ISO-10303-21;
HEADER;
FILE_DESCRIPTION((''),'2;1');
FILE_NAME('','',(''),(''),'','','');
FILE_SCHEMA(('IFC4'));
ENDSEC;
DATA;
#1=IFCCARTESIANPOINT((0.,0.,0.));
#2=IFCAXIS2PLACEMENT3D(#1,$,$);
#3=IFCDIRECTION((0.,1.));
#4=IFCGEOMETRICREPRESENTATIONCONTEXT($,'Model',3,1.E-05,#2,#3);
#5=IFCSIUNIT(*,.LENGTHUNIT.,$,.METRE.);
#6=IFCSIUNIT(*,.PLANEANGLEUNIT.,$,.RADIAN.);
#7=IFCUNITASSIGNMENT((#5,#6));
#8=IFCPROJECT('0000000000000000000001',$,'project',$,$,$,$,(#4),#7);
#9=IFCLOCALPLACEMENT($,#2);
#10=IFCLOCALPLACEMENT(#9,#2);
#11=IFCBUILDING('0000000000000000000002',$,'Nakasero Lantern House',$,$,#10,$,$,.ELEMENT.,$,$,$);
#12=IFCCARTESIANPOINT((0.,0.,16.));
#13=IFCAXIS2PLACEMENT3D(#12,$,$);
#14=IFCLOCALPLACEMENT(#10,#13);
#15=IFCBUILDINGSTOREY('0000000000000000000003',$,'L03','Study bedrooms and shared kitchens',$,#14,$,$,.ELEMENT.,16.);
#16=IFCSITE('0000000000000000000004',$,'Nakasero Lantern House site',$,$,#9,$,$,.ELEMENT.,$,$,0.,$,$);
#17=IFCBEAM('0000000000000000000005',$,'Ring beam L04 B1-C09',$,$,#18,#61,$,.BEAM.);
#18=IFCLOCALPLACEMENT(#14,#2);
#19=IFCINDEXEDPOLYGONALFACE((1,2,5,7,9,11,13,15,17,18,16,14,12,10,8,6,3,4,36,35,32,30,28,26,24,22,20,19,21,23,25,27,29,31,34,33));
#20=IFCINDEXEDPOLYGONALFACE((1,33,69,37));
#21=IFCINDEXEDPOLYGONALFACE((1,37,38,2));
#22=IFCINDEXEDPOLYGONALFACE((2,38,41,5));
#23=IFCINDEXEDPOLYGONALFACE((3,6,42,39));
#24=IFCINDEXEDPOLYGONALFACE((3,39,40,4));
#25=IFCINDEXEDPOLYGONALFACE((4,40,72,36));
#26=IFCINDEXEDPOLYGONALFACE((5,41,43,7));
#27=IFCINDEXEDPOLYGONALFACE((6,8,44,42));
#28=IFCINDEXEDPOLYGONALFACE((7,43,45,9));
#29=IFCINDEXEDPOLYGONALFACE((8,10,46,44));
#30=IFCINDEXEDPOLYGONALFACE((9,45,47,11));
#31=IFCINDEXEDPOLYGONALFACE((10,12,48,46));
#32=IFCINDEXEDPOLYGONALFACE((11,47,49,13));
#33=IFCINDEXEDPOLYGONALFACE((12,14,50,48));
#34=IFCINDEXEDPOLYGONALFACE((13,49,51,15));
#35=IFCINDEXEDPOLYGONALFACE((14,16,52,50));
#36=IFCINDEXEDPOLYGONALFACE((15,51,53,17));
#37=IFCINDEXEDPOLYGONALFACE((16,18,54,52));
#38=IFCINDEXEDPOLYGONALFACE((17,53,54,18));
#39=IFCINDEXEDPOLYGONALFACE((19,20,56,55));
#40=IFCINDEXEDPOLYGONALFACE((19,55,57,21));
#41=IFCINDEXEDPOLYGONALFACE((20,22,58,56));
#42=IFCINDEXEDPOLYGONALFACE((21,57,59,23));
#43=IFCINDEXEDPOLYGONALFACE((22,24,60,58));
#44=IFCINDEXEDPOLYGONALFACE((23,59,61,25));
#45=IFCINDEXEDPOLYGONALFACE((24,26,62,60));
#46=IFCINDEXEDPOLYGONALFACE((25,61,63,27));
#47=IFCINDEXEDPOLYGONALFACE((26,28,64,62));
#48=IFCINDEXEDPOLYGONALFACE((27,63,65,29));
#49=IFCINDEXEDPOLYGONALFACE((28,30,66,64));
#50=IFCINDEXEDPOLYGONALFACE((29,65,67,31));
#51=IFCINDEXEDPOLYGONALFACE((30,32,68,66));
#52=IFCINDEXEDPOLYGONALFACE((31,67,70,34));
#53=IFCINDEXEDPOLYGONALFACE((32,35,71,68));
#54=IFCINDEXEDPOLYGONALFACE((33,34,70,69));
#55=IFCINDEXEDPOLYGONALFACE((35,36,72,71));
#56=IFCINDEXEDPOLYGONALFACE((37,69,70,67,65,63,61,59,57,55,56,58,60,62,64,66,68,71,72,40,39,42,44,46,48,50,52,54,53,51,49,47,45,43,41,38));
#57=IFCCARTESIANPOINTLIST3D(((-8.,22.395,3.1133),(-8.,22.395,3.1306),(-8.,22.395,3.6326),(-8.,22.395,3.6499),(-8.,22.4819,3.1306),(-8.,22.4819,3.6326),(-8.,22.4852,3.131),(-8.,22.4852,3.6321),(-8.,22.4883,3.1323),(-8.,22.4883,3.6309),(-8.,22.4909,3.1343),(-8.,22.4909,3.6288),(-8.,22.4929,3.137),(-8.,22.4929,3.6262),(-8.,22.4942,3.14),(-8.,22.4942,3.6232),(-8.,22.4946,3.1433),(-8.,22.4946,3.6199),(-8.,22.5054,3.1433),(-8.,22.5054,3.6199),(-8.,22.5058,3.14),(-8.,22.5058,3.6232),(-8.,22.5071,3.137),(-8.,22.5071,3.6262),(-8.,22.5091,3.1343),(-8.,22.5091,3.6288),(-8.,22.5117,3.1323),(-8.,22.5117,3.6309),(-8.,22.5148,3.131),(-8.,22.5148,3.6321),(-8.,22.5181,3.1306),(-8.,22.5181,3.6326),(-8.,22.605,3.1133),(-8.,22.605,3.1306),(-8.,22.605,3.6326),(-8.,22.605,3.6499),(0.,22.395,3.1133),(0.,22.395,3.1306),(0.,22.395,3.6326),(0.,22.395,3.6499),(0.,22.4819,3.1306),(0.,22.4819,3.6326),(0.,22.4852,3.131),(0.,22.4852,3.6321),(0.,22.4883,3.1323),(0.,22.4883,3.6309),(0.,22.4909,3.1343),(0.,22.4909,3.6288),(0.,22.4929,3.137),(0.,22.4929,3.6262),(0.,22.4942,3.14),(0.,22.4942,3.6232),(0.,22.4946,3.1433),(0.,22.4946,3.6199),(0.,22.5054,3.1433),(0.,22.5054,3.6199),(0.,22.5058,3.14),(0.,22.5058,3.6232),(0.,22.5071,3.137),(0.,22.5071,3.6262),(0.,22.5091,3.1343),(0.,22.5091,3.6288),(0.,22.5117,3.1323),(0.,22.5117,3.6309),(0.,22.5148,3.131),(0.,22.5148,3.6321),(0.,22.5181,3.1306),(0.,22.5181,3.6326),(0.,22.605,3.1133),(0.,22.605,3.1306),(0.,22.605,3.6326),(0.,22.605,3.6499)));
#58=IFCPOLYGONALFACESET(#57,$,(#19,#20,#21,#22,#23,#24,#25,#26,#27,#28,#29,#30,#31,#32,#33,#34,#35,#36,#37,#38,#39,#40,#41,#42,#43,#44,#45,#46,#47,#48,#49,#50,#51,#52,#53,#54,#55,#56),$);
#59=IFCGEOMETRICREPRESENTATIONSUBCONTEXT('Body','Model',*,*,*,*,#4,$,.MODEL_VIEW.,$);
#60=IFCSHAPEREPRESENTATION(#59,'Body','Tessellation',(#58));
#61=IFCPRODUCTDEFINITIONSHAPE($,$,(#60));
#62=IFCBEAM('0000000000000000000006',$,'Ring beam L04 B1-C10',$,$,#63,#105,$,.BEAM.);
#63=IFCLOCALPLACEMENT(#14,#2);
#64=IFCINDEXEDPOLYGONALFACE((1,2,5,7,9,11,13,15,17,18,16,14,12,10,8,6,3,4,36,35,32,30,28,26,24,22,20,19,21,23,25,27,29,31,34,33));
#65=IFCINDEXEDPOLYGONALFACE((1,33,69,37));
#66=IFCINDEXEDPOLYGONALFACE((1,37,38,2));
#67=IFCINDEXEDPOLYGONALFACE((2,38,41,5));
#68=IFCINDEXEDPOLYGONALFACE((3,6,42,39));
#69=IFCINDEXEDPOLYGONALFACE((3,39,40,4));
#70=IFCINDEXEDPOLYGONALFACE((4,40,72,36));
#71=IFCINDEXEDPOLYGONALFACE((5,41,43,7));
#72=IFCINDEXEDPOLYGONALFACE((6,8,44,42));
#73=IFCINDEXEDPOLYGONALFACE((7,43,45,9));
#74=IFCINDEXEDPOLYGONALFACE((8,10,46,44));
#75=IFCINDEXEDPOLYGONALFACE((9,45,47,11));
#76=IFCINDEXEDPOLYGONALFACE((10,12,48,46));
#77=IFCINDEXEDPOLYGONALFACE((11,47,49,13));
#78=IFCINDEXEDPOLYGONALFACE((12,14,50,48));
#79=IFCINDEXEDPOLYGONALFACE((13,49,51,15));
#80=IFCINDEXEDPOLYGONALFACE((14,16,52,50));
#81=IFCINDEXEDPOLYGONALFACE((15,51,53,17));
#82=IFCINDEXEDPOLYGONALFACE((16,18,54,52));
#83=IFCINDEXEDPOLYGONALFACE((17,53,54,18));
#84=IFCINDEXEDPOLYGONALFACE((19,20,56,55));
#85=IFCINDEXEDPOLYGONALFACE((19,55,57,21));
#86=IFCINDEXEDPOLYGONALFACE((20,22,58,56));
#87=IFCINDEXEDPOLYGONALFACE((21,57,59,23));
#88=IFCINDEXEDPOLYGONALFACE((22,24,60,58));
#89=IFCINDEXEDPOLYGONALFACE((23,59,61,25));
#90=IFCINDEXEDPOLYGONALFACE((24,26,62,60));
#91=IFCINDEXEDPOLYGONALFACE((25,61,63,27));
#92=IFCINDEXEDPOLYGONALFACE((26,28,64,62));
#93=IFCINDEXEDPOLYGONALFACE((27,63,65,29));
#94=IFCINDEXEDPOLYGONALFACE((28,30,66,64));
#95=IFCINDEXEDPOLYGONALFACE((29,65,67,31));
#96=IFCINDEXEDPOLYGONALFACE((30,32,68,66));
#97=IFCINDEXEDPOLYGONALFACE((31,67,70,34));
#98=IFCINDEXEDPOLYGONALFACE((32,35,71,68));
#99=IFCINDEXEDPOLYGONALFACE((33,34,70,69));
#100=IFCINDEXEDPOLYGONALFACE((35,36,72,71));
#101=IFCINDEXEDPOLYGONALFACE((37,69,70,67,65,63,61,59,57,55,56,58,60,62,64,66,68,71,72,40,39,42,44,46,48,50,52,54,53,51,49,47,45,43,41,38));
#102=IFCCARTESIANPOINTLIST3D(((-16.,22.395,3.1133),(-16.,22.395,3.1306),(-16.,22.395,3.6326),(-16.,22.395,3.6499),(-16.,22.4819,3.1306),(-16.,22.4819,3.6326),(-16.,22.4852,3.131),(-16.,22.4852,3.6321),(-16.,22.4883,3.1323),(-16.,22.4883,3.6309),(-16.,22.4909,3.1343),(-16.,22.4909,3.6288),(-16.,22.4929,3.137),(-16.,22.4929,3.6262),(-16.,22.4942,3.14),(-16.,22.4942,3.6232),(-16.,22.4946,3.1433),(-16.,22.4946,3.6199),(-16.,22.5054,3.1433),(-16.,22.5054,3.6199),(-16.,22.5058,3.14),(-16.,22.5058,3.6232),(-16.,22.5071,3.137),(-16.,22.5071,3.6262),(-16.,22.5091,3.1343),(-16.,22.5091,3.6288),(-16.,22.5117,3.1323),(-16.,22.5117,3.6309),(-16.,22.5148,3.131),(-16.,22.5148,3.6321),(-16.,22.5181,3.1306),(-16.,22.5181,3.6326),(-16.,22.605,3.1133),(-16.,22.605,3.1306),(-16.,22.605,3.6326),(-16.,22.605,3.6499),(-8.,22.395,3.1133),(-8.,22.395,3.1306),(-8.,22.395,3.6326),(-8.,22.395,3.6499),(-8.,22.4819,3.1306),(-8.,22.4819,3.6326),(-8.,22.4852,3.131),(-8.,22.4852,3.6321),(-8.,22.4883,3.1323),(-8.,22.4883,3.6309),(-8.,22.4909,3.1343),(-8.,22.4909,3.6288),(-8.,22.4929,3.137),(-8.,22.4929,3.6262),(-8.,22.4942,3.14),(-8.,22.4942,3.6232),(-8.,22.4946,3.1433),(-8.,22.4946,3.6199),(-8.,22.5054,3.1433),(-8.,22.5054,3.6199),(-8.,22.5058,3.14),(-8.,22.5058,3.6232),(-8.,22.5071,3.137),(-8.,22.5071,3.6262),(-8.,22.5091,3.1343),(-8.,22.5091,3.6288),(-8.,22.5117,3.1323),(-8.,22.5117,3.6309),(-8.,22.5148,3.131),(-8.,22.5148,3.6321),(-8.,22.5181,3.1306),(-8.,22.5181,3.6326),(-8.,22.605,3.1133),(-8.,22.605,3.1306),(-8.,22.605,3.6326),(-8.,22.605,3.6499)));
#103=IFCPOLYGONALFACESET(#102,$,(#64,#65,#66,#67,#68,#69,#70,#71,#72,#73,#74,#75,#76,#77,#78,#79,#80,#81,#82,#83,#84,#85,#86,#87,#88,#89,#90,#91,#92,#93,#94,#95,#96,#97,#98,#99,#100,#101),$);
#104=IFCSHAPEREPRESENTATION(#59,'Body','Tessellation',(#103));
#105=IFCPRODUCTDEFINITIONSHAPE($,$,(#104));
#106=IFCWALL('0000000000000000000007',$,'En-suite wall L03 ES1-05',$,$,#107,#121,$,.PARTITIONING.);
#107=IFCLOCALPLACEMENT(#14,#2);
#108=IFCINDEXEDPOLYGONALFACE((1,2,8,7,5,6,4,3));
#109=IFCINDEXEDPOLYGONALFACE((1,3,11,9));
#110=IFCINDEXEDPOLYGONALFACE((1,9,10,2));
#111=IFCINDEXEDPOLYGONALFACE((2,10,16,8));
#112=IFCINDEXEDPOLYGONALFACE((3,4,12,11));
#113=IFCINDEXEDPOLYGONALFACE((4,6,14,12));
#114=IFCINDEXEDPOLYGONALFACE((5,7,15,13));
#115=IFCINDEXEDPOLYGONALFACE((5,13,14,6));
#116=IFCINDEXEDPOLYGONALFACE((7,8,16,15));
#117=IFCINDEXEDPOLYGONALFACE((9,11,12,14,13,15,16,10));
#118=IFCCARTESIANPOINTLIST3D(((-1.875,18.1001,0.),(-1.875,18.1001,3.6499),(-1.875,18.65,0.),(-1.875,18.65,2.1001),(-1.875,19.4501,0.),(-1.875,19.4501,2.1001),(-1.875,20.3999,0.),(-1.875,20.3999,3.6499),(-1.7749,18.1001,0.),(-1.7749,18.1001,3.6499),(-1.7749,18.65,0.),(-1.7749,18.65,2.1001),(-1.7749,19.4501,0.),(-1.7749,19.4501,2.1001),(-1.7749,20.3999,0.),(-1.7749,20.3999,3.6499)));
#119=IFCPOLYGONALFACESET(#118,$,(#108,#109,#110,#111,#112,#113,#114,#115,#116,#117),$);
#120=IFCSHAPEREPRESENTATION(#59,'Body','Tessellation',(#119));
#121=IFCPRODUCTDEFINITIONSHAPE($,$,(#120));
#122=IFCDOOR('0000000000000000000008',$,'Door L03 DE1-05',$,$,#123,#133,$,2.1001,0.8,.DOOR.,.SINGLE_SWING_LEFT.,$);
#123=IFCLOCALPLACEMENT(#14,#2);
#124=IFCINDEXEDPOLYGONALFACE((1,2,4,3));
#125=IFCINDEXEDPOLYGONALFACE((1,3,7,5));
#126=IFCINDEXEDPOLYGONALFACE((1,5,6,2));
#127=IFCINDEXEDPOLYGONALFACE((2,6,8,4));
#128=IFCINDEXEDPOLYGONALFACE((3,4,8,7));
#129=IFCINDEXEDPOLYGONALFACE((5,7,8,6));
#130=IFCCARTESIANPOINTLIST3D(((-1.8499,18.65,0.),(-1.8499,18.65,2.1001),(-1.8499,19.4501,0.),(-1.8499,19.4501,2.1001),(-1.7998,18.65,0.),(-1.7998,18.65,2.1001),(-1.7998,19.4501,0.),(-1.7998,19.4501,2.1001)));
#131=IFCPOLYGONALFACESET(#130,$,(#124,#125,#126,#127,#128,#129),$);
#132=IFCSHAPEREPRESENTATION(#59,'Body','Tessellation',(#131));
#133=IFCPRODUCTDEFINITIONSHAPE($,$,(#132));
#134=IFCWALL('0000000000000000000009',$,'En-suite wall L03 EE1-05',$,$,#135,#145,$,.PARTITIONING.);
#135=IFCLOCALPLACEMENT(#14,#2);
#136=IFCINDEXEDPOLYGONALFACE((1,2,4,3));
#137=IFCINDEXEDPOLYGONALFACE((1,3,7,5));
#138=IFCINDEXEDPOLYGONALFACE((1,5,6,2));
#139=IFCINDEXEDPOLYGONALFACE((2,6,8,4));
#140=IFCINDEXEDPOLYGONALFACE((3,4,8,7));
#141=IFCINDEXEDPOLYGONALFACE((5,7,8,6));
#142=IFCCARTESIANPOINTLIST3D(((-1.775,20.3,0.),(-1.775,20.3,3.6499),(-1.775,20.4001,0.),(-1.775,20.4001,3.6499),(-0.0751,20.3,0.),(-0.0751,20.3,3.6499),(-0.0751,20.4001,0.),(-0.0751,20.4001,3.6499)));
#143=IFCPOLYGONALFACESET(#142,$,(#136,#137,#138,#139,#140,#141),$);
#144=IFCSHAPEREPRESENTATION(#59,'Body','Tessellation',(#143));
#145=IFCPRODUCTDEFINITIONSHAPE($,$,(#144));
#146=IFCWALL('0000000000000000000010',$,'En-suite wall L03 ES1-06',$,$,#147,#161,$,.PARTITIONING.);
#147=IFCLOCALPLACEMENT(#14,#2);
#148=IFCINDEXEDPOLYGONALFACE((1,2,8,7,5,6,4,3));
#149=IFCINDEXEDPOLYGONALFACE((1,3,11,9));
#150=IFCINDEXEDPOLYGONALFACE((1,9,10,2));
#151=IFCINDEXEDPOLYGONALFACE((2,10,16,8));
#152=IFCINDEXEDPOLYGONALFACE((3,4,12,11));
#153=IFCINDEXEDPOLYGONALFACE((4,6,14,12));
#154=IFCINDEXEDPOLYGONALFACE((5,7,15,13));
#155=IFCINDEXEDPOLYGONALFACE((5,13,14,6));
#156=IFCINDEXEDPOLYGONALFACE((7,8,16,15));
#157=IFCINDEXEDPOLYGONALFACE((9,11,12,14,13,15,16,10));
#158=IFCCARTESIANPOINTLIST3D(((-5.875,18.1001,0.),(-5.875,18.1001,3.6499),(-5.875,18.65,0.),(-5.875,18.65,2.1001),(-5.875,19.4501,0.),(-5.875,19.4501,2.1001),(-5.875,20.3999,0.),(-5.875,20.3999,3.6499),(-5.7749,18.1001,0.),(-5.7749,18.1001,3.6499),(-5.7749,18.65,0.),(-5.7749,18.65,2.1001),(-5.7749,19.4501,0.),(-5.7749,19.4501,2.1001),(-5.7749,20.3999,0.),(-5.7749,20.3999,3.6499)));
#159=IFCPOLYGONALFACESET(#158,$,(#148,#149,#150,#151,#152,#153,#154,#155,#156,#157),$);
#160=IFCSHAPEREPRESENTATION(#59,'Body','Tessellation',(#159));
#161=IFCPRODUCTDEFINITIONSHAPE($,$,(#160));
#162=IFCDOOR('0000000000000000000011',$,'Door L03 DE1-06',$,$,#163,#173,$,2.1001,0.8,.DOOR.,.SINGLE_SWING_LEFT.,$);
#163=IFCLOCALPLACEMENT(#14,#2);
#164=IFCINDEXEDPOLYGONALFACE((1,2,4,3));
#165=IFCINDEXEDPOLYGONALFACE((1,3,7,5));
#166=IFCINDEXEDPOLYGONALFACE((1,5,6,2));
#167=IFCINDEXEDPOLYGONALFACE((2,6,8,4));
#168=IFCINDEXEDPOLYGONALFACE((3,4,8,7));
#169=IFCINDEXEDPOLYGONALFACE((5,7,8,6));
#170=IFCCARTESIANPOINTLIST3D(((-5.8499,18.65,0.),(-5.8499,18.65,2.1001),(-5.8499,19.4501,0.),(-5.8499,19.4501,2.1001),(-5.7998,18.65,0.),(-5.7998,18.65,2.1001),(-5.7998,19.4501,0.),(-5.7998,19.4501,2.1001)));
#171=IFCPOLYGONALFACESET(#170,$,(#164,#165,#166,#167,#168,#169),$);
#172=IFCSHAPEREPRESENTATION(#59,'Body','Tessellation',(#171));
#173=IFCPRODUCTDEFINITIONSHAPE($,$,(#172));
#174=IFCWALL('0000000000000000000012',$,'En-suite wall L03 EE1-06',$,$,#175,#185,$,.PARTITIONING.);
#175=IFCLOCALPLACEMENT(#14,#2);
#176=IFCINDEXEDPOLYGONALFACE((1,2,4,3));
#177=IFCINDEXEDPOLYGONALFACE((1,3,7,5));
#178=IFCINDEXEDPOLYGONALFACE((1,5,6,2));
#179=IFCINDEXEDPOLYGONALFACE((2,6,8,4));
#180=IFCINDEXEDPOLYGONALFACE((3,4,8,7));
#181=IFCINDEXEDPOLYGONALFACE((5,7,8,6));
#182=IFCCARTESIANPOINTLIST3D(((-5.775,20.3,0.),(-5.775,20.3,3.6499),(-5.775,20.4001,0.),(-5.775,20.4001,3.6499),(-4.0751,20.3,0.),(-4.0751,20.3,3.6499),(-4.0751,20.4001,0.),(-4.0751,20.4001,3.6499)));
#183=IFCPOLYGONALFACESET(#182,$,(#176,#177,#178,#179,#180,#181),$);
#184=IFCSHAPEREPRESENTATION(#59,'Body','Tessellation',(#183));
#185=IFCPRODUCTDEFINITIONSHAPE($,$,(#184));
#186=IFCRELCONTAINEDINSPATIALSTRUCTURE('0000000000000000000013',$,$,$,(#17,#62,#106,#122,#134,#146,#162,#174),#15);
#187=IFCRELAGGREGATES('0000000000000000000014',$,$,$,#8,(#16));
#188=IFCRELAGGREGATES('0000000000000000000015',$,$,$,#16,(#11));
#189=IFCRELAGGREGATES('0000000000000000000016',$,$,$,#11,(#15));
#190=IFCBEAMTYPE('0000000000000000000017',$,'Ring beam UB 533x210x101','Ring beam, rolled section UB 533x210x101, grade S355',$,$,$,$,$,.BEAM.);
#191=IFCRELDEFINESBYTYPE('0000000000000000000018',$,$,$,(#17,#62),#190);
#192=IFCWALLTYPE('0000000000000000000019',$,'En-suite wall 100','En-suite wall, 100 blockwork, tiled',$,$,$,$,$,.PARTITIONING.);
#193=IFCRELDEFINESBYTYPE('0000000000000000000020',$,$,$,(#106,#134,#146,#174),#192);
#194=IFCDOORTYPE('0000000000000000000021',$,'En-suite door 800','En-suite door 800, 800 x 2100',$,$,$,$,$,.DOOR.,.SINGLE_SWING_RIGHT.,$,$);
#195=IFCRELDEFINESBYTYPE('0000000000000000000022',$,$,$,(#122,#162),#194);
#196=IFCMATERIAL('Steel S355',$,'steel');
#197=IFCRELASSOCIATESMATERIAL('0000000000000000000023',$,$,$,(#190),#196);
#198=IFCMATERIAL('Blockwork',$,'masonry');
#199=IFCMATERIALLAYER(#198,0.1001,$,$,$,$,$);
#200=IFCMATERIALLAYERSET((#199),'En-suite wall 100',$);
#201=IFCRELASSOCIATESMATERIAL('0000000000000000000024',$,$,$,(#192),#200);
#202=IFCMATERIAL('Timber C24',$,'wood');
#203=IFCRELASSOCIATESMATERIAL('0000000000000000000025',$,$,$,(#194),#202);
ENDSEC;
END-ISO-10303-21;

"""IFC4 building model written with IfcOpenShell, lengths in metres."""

from ifc_helpers import new_model, si_unit, direction, frame, frame_2d, origin, origin_2d, place, context, subcontext, project, spatial, rectangle, i_section, extrude, material, layer, layer_set, material_profile, profile_set, type_object, element, fill, save


model = new_model("IFC4")

# Units and contexts
model_context = context("Model", 3, precision=1e-05, world=origin(), true_north=direction((0.0, 1.0)))
body_context = subcontext(model_context, "Body", "Model", "MODEL_VIEW")
ifc_project = project(units=[si_unit("LENGTHUNIT", "METRE"), si_unit("PLANEANGLEUNIT", "RADIAN")], contexts=[model_context])

# Site, building, storey
site_placement = place(None, origin())
site = spatial("IfcSite", under=ifc_project, at=site_placement, Name="Nakasero Lantern House site", CompositionType="ELEMENT", RefElevation=0.0)
building_placement = place(site_placement, origin())
building = spatial("IfcBuilding", under=site, at=building_placement, Name="Nakasero Lantern House", CompositionType="ELEMENT")
storey_placement = place(building_placement, frame((0.0, 0.0, 16.0)))
storey = spatial("IfcBuildingStorey", under=building, at=storey_placement, Name="L03", Description="Study bedrooms and shared kitchens", CompositionType="ELEMENT", Elevation=16.0)

# Beams
ifc_material_1 = material(Name="Steel S355", Category="steel")
ifc_material_profile_1 = material_profile(ifc_material_1, i_section(OverallWidth=0.21, OverallDepth=0.5366, WebThickness=0.0107, FlangeThickness=0.0173, FilletRadius=0.0127, at=origin_2d()), Name="UB 533x210x101")
ifc_profile_set_1 = profile_set([ifc_material_profile_1], Name="Steel S355")
beam_type_1 = type_object("IfcBeamType", Name="Ring beam UB 533x210x101", Description="Ring beam, rolled section UB 533x210x101, grade S355", PredefinedType="BEAM", material=ifc_profile_set_1)
for number, where, z_axis, x_axis, name in (
    (1, (0.0, 22.5, 3.3816), (-1.0, 0.0, 0.0), (0.0, -1.0, 0.0), "Ring beam L04 B1-C09"),
    (2, (-8.0, 22.5, 3.3816), (-1.0, 0.0, 0.0), (0.0, -1.0, 0.0), "Ring beam L04 B1-C10"),
):
    element("IfcBeam", number, at=place(storey_placement, frame(where, z_axis=z_axis, x_axis=x_axis)), inside=storey, type_object=beam_type_1, Name=name, PredefinedType="BEAM", context=body_context, shape_type="SweptSolid", body=[
        extrude(i_section(OverallWidth=0.21, OverallDepth=0.5366, WebThickness=0.0107, FlangeThickness=0.0173, FilletRadius=0.0127, at=origin_2d()), origin(), (0.0, 0.0, 1.0), 8.0),
    ])

# Wall, opening, door
ifc_material_2 = material(Name="Blockwork", Category="masonry")
ifc_layer_1 = layer(ifc_material_2, 0.1001)
ifc_layer_set_1 = layer_set([ifc_layer_1], Name="En-suite wall 100")
wall_type_1 = type_object("IfcWallType", Name="En-suite wall 100", Description="En-suite wall, 100 blockwork, tiled", PredefinedType="PARTITIONING", material=ifc_layer_set_1)
wall_1_placement = place(storey_placement, frame((-1.825, 18.1001, 0.0), z_axis=(0.0, 0.0, 1.0), x_axis=(0.0, 1.0, 0.0)))
wall_1 = element("IfcWall", 3, at=wall_1_placement, inside=storey, type_object=wall_type_1, Name="En-suite wall L03 ES1-05", PredefinedType="PARTITIONING", context=body_context, shape_type="SweptSolid", body=[
    extrude(rectangle(XDim=2.2998, YDim=0.1001, at=frame_2d((1.1499, 0.0))), origin(), (0.0, 0.0, 1.0), 3.6499),
])
opening_1_placement = place(wall_1_placement, frame((0.55, 0.0, 0.0)))
opening_1 = element("IfcOpeningElement", 4, at=opening_1_placement, cuts=wall_1, PredefinedType="OPENING", context=body_context, shape_type="SweptSolid", body=[
    extrude(rectangle(XDim=0.8, YDim=2.1001, at=frame_2d((0.3999, 1.05))), frame((0.0, 0.0701, 0.0), z_axis=(0.0, -1.0, 0.0), x_axis=(1.0, 0.0, 0.0)), (0.0, 0.0, 1.0), 0.1401),
])
ifc_material_3 = material(Name="Timber C24", Category="wood")
door_type = type_object("IfcDoorType", Name="En-suite door 800", Description="En-suite door 800, 800 x 2100", OperationType="SINGLE_SWING_RIGHT", PredefinedType="DOOR", material=ifc_material_3)
door_1_placement = place(opening_1_placement, origin())
door_1 = element("IfcDoor", 5, at=door_1_placement, inside=storey, type_object=door_type, Name="Door L03 DE1-05", OperationType="SINGLE_SWING_LEFT", OverallHeight=2.1001, OverallWidth=0.8, PredefinedType="DOOR", context=body_context, shape_type="SweptSolid", body=[
    extrude(rectangle(XDim=0.8, YDim=2.1001, at=frame_2d((0.3999, 1.05))), frame((0.0, 0.0249, 0.0), z_axis=(0.0, -1.0, 0.0), x_axis=(1.0, 0.0, 0.0)), (0.0, 0.0, 1.0), 0.05),
])
fill(opening_1, door_1)

# Wall
wall_2_placement = place(storey_placement, frame((-0.075, 20.3501, 0.0), z_axis=(0.0, 0.0, 1.0), x_axis=(-1.0, 0.0, 0.0)))
element("IfcWall", 6, at=wall_2_placement, inside=storey, type_object=wall_type_1, Name="En-suite wall L03 EE1-05", PredefinedType="PARTITIONING", context=body_context, shape_type="SweptSolid", body=[
    extrude(rectangle(XDim=1.7, YDim=0.1001, at=frame_2d((0.8501, 0.0))), origin(), (0.0, 0.0, 1.0), 3.6499),
])

# Wall, opening, door
wall_3_placement = place(storey_placement, frame((-5.825, 18.1001, 0.0), z_axis=(0.0, 0.0, 1.0), x_axis=(0.0, 1.0, 0.0)))
wall_3 = element("IfcWall", 7, at=wall_3_placement, inside=storey, type_object=wall_type_1, Name="En-suite wall L03 ES1-06", PredefinedType="PARTITIONING", context=body_context, shape_type="SweptSolid", body=[
    extrude(rectangle(XDim=2.2998, YDim=0.1001, at=frame_2d((1.1499, 0.0))), origin(), (0.0, 0.0, 1.0), 3.6499),
])
opening_2_placement = place(wall_3_placement, frame((0.55, 0.0, 0.0)))
opening_2 = element("IfcOpeningElement", 8, at=opening_2_placement, cuts=wall_3, PredefinedType="OPENING", context=body_context, shape_type="SweptSolid", body=[
    extrude(rectangle(XDim=0.8, YDim=2.1001, at=frame_2d((0.3999, 1.05))), frame((0.0, 0.0701, 0.0), z_axis=(0.0, -1.0, 0.0), x_axis=(1.0, 0.0, 0.0)), (0.0, 0.0, 1.0), 0.1401),
])
door_2_placement = place(opening_2_placement, origin())
door_2 = element("IfcDoor", 9, at=door_2_placement, inside=storey, type_object=door_type, Name="Door L03 DE1-06", OperationType="SINGLE_SWING_LEFT", OverallHeight=2.1001, OverallWidth=0.8, PredefinedType="DOOR", context=body_context, shape_type="SweptSolid", body=[
    extrude(rectangle(XDim=0.8, YDim=2.1001, at=frame_2d((0.3999, 1.05))), frame((0.0, 0.0249, 0.0), z_axis=(0.0, -1.0, 0.0), x_axis=(1.0, 0.0, 0.0)), (0.0, 0.0, 1.0), 0.05),
])
fill(opening_2, door_2)

# Wall
wall_4_placement = place(storey_placement, frame((-4.075, 20.3501, 0.0), z_axis=(0.0, 0.0, 1.0), x_axis=(-1.0, 0.0, 0.0)))
element("IfcWall", 10, at=wall_4_placement, inside=storey, type_object=wall_type_1, Name="En-suite wall L03 EE1-06", PredefinedType="PARTITIONING", context=body_context, shape_type="SweptSolid", body=[
    extrude(rectangle(XDim=1.7, YDim=0.1001, at=frame_2d((0.8501, 0.0))), origin(), (0.0, 0.0, 1.0), 3.6499),
])

save(model, "model.ifc")
